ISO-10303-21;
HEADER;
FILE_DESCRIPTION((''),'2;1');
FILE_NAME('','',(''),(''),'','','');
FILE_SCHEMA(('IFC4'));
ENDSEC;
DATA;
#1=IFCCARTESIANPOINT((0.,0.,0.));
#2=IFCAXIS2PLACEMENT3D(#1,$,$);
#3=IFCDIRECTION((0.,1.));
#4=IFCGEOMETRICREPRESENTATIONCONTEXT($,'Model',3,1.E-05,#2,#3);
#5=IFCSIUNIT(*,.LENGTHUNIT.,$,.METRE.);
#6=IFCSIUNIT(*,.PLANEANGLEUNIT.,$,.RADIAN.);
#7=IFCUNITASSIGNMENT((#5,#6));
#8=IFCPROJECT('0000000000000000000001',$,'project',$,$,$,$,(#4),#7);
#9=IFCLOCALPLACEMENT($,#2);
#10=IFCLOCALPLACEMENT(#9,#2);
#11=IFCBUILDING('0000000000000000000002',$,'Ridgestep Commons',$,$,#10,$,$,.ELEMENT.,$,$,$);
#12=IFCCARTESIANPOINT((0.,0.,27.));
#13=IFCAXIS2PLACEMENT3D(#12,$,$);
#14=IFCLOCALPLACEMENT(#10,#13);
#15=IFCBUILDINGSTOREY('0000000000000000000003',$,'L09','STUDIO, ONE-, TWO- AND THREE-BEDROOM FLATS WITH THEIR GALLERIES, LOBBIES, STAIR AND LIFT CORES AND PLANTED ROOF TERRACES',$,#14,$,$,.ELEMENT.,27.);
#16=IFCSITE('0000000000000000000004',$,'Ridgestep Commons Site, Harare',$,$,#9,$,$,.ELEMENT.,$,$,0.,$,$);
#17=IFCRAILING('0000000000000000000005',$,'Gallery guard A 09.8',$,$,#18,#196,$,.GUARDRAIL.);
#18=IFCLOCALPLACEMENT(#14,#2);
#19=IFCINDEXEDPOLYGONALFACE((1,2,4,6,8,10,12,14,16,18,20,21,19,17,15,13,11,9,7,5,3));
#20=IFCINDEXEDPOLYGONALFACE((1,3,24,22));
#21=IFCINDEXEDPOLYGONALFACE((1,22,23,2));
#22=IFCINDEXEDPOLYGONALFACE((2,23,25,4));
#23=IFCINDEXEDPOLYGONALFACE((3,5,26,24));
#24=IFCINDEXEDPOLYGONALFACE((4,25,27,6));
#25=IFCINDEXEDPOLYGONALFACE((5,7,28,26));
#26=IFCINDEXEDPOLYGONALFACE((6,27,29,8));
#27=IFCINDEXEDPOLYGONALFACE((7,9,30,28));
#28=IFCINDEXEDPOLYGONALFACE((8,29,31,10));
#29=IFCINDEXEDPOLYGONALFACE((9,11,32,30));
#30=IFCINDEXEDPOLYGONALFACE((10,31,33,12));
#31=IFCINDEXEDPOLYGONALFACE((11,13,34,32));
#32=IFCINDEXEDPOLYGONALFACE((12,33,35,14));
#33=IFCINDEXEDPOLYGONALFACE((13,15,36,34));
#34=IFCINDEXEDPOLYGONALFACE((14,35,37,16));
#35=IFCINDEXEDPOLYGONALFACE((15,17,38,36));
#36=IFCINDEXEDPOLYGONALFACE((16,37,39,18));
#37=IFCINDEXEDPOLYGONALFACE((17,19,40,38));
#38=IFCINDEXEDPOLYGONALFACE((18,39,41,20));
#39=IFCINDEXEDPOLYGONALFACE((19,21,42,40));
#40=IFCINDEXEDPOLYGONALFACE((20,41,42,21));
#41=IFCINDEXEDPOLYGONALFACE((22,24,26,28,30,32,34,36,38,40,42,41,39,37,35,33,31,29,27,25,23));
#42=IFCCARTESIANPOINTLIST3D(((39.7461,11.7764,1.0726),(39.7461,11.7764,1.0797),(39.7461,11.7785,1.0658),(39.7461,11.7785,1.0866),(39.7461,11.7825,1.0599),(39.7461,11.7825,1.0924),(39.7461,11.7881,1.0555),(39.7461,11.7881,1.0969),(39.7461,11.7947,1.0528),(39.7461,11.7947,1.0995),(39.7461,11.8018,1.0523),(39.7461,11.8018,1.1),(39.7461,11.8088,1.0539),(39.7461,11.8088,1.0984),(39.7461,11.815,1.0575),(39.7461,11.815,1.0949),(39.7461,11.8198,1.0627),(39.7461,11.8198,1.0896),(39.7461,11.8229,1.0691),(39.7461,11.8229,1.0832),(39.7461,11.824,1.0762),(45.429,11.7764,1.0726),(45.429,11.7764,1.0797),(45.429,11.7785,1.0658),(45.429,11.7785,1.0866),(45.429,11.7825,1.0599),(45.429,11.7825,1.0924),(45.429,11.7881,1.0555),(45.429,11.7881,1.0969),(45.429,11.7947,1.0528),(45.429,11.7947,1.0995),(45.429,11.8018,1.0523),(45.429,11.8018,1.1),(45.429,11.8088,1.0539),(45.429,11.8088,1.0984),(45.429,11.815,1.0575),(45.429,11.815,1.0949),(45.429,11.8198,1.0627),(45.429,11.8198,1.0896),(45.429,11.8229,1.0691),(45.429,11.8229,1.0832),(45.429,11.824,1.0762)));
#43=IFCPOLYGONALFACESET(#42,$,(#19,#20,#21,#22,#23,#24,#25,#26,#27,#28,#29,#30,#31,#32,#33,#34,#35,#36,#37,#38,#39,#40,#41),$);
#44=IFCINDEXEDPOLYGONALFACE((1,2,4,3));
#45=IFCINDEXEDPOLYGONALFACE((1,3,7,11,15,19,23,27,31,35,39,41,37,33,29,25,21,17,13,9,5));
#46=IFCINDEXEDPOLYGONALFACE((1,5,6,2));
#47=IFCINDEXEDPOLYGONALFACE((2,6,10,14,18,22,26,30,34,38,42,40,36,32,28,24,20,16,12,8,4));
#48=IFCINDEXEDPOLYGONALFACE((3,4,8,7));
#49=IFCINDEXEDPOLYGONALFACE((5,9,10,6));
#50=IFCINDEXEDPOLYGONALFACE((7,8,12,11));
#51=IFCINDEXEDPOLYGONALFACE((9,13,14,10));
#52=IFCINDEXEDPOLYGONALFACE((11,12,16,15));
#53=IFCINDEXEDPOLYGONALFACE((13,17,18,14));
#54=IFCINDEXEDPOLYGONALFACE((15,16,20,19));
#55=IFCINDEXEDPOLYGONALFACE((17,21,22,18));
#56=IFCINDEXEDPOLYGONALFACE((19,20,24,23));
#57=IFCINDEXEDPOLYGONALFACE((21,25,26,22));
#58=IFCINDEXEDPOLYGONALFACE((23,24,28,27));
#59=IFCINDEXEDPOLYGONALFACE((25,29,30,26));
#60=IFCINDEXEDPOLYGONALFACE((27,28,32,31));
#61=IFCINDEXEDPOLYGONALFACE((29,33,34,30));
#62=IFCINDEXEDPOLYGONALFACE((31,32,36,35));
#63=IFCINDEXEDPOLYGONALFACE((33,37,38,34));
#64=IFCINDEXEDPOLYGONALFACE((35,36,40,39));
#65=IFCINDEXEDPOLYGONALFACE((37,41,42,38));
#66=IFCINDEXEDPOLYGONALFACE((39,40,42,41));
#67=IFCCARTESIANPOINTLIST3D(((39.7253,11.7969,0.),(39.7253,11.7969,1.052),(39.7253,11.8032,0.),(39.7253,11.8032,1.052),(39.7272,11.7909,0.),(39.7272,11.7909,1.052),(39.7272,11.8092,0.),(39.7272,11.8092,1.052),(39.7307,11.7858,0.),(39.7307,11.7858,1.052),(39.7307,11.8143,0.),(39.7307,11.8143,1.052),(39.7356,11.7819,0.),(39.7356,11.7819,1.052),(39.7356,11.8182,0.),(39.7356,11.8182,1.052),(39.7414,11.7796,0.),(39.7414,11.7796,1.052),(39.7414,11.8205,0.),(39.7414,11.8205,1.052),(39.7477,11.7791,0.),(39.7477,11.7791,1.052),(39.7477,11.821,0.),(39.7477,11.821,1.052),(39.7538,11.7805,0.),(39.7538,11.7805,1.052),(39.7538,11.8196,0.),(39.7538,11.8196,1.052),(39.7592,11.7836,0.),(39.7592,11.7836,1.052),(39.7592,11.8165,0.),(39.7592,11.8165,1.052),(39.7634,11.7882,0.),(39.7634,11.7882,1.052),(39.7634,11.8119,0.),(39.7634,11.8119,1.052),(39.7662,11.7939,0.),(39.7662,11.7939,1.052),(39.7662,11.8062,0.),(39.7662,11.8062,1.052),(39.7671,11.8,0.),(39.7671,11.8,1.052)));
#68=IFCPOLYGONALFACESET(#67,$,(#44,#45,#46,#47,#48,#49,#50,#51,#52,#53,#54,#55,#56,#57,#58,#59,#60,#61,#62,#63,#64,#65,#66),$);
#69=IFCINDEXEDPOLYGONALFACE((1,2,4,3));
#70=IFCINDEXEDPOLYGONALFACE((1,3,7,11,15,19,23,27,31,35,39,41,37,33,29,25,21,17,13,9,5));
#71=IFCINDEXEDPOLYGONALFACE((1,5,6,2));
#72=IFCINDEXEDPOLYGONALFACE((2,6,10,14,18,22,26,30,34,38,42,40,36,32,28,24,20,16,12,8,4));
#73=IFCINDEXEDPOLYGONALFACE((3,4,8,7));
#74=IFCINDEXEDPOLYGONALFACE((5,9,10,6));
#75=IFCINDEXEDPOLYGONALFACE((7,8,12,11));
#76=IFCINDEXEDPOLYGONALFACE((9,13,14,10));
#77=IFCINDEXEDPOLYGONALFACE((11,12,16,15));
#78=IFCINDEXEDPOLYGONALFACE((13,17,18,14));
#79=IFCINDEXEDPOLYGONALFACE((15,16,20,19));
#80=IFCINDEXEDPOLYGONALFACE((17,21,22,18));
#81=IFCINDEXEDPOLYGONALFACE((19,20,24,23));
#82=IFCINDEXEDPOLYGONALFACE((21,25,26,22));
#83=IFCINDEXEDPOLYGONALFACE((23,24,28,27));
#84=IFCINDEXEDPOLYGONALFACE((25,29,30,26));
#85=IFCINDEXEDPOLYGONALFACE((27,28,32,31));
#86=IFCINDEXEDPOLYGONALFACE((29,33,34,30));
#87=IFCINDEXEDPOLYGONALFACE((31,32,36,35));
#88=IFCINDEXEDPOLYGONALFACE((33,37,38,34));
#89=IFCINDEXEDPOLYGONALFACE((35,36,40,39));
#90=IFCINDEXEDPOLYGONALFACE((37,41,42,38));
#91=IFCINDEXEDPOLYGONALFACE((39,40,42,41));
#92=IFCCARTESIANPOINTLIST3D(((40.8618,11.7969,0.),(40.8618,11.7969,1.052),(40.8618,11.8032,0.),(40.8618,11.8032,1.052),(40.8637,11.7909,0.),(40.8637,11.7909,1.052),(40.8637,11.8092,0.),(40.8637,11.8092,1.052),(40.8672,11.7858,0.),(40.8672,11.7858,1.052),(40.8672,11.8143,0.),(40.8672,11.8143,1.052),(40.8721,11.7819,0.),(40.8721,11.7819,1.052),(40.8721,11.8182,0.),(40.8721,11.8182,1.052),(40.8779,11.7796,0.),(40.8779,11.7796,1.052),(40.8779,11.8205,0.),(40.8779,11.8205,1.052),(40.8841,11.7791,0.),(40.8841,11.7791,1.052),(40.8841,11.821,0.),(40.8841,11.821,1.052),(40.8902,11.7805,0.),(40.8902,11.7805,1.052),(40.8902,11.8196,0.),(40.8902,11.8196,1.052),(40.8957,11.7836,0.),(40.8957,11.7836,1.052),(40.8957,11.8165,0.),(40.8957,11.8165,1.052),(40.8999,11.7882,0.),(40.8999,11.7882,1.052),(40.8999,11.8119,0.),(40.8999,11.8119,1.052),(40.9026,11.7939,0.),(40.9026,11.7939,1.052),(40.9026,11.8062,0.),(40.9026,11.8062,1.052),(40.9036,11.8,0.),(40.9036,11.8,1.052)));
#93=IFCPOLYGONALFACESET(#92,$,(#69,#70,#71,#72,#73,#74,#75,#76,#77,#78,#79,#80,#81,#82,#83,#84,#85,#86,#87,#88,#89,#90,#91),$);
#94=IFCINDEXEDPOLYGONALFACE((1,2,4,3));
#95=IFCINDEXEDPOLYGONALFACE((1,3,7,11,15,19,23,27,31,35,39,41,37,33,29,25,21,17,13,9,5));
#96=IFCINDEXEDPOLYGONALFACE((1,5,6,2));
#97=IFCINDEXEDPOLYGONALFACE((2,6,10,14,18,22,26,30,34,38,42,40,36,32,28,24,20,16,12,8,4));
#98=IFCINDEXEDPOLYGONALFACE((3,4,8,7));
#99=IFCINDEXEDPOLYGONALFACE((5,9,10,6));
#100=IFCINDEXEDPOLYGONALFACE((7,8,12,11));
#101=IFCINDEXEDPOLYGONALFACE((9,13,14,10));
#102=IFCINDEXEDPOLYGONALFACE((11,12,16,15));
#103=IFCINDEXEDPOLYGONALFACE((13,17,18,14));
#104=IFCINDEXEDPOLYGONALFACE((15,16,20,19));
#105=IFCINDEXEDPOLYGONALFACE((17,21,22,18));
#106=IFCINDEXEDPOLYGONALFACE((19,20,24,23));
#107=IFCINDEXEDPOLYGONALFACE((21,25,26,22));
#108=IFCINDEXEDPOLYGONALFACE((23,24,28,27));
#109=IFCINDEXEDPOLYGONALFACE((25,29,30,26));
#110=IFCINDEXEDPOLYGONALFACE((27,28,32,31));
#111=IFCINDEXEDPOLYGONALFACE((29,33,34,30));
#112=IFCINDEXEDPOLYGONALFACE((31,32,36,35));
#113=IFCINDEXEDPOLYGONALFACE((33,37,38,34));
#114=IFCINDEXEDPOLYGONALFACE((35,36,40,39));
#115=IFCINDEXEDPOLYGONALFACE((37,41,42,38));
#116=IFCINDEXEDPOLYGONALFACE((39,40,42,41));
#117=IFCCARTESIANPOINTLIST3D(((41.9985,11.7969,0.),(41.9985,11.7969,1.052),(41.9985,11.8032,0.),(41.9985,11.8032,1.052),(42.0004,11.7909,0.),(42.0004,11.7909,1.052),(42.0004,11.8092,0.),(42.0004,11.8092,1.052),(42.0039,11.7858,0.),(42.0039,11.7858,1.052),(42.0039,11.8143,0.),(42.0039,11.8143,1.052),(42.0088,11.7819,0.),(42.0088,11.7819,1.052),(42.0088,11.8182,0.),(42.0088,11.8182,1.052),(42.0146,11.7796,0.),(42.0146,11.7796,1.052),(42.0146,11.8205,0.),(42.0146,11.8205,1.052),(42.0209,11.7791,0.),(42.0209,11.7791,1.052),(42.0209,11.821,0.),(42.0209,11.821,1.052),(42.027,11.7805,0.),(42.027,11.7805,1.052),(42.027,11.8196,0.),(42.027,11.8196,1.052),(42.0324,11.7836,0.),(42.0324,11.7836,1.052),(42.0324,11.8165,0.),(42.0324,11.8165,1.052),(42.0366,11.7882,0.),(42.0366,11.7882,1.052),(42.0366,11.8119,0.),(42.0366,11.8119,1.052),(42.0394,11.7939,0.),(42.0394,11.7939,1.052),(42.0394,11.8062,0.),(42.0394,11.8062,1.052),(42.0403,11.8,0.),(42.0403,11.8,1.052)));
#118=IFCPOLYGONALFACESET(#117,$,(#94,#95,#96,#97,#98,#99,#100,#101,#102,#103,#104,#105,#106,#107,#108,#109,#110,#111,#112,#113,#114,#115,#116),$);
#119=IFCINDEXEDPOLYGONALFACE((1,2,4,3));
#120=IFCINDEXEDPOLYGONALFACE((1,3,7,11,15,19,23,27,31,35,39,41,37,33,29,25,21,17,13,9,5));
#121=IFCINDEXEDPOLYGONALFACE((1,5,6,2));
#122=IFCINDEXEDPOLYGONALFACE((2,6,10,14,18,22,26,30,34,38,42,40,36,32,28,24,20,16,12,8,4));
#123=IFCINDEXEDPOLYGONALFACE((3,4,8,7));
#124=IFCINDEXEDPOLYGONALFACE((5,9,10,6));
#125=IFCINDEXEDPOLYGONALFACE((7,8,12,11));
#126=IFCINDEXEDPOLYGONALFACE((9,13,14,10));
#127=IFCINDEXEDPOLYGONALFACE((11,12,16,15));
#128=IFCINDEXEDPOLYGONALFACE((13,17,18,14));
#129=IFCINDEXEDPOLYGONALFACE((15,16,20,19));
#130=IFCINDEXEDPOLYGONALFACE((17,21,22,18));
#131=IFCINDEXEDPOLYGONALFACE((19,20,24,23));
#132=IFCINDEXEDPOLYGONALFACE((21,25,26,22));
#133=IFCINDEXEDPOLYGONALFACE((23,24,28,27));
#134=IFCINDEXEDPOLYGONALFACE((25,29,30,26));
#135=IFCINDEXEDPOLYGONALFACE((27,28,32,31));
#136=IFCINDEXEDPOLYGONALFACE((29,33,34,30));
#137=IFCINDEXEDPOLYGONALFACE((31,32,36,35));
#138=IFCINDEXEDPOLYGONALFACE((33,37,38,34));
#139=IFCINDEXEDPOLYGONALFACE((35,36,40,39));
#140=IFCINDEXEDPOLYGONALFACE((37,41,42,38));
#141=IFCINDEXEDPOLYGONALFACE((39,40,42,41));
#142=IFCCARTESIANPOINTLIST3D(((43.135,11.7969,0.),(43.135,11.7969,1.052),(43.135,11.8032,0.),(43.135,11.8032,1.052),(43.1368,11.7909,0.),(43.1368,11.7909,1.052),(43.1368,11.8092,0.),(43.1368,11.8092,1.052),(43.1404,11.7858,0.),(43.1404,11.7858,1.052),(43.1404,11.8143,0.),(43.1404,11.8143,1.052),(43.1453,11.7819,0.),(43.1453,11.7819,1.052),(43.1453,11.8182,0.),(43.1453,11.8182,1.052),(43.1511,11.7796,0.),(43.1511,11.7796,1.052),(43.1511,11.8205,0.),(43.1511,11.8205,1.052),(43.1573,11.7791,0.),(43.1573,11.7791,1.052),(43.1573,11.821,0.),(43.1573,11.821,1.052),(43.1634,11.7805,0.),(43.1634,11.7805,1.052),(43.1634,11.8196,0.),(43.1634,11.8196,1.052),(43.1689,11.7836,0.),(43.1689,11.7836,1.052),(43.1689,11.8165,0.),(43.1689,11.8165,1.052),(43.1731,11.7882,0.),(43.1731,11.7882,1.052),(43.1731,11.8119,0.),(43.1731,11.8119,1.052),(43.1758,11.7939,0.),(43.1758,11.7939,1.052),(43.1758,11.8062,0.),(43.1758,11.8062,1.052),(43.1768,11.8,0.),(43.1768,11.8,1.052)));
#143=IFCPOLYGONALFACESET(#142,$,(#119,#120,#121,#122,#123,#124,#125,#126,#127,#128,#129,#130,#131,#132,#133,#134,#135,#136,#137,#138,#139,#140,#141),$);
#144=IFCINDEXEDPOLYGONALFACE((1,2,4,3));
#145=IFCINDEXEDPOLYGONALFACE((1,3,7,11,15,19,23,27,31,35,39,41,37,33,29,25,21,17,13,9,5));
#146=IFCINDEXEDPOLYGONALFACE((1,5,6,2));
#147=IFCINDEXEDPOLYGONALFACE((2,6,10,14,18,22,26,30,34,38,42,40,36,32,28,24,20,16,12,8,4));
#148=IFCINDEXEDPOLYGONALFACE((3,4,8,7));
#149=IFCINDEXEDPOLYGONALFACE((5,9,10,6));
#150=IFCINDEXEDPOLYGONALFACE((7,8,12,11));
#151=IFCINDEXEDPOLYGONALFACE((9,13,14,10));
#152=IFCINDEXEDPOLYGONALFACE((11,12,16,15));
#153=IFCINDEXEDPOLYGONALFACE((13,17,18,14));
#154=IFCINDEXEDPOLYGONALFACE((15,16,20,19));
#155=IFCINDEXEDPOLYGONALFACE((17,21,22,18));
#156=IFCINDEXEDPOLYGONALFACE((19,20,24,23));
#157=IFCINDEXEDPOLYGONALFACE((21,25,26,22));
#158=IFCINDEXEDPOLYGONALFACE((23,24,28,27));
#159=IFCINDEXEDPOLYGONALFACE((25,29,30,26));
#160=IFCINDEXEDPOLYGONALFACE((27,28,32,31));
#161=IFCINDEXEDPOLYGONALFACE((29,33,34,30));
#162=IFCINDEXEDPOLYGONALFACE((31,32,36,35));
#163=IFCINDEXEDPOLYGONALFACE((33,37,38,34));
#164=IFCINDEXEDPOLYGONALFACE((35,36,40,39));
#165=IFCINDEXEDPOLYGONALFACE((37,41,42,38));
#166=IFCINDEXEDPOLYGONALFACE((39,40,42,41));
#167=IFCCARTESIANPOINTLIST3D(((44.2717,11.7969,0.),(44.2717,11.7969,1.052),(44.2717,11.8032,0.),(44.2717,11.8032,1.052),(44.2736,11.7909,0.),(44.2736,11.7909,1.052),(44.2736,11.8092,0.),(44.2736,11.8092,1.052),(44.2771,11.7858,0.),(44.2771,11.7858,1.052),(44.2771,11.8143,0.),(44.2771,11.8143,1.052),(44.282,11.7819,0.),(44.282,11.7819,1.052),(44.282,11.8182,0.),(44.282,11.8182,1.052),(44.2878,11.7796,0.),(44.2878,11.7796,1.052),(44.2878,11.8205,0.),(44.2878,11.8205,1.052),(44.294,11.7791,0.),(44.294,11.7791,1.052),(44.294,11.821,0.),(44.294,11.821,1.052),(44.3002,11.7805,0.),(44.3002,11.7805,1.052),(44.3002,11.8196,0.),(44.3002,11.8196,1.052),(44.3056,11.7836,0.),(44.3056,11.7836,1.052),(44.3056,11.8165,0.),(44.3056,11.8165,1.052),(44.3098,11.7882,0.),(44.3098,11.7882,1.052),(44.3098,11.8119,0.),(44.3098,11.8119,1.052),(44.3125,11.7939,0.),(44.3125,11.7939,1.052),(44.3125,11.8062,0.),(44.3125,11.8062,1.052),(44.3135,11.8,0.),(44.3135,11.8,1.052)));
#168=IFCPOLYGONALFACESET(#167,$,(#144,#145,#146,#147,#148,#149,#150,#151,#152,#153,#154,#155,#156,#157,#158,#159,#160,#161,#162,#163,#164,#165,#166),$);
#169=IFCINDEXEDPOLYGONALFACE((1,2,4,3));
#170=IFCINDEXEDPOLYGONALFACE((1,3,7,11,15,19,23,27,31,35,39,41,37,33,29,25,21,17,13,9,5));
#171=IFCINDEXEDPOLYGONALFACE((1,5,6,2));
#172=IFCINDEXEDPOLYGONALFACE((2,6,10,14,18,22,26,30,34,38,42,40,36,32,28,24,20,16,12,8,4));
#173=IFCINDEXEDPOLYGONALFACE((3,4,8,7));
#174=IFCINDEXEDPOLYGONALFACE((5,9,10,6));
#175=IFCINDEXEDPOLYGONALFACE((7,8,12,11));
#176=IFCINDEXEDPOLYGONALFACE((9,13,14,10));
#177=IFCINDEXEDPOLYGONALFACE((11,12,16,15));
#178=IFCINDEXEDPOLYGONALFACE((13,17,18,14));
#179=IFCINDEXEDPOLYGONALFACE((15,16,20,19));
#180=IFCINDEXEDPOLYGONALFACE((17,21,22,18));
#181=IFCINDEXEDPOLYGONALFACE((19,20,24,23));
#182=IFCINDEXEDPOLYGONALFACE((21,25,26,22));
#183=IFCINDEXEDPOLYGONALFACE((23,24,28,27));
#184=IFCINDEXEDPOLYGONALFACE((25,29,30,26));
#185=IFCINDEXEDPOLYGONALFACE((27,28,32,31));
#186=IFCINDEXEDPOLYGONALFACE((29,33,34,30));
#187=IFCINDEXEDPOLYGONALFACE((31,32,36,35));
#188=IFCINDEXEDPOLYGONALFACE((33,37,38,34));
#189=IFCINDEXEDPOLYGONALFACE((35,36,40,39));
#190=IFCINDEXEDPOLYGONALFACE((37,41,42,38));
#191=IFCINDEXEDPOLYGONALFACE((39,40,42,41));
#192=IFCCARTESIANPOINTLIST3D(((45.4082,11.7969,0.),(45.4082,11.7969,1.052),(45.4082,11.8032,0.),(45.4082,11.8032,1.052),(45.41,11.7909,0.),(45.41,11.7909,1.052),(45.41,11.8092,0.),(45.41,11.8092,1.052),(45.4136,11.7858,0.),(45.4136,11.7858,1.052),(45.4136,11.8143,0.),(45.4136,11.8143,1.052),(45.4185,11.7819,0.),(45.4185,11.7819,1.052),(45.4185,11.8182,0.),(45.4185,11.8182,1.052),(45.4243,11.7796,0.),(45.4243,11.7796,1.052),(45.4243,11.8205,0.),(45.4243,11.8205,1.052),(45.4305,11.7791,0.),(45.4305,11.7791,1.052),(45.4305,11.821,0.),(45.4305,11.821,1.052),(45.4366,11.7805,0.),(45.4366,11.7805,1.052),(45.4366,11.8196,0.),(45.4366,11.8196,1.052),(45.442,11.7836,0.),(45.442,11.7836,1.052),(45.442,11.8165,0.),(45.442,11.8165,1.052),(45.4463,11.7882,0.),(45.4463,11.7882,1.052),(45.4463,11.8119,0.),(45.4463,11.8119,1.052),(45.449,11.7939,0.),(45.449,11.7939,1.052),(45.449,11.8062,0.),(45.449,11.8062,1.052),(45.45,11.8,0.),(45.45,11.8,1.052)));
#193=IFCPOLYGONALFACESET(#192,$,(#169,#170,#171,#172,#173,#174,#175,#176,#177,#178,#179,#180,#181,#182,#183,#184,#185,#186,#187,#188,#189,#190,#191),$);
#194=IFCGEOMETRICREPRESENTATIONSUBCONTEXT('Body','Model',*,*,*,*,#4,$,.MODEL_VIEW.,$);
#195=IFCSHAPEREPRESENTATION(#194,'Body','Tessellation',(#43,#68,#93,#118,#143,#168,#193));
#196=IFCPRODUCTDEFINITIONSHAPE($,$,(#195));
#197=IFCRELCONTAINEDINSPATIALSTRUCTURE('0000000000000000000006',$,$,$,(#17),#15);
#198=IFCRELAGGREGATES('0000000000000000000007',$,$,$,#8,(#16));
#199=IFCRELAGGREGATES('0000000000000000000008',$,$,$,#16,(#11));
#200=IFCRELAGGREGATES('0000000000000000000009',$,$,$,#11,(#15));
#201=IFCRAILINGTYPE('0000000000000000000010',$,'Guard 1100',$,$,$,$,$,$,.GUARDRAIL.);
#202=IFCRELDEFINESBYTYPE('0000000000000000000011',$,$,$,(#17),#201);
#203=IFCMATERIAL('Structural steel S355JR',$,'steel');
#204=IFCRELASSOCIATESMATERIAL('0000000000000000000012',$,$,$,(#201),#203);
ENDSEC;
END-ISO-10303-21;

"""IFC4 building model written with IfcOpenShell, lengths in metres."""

from ifc_helpers import new_model, si_unit, direction, frame, origin, origin_2d, place, context, subcontext, project, spatial, circle, extrude, material, type_object, element, save


model = new_model("IFC4")

# Units and contexts
model_context = context("Model", 3, precision=1e-05, world=origin(), true_north=direction((0.0, 1.0)))
body_context = subcontext(model_context, "Body", "Model", "MODEL_VIEW")
ifc_project = project(units=[si_unit("LENGTHUNIT", "METRE"), si_unit("PLANEANGLEUNIT", "RADIAN")], contexts=[model_context])

# Site, building, storey
site_placement = place(None, origin())
site = spatial("IfcSite", under=ifc_project, at=site_placement, Name="Ridgestep Commons Site, Harare", CompositionType="ELEMENT", RefElevation=0.0)
building_placement = place(site_placement, origin())
building = spatial("IfcBuilding", under=site, at=building_placement, Name="Ridgestep Commons", CompositionType="ELEMENT")
storey_placement = place(building_placement, frame((0.0, 0.0, 27.0)))
storey = spatial("IfcBuildingStorey", under=building, at=storey_placement, Name="L09", Description="STUDIO, ONE-, TWO- AND THREE-BEDROOM FLATS WITH THEIR GALLERIES, LOBBIES, STAIR AND LIFT CORES AND PLANTED ROOF TERRACES", CompositionType="ELEMENT", Elevation=27.0)

# Railing
ifc_material_1 = material(Name="Structural steel S355JR", Category="steel")
railing_type_1 = type_object("IfcRailingType", Name="Guard 1100", PredefinedType="GUARDRAIL", material=ifc_material_1)
railing_1_placement = place(storey_placement, frame((39.7461, 11.8, 0.0)))
element("IfcRailing", 1, at=railing_1_placement, inside=storey, type_object=railing_type_1, Name="Gallery guard A 09.8", PredefinedType="GUARDRAIL", context=body_context, shape_type="SweptSolid", body=[
    extrude(circle(Radius=0.0239, at=origin_2d()), frame((0.0, 0.0, 1.0762), z_axis=(1.0, 0.0, 0.0), x_axis=(0.0, 1.0, 0.0)), (0.0, 0.0, 1.0), 5.6829),
    extrude(circle(Radius=0.021, at=origin_2d()), origin(), (0.0, 0.0, 1.0), 1.052),
    extrude(circle(Radius=0.021, at=origin_2d()), frame((1.1365, 0.0, 0.0)), (0.0, 0.0, 1.0), 1.052),
    extrude(circle(Radius=0.021, at=origin_2d()), frame((2.2732, 0.0, 0.0)), (0.0, 0.0, 1.0), 1.052),
    extrude(circle(Radius=0.021, at=origin_2d()), frame((3.4097, 0.0, 0.0)), (0.0, 0.0, 1.0), 1.052),
    extrude(circle(Radius=0.021, at=origin_2d()), frame((4.5464, 0.0, 0.0)), (0.0, 0.0, 1.0), 1.052),
    extrude(circle(Radius=0.021, at=origin_2d()), frame((5.6829, 0.0, 0.0)), (0.0, 0.0, 1.0), 1.052),
])

save(model, "model.ifc")
